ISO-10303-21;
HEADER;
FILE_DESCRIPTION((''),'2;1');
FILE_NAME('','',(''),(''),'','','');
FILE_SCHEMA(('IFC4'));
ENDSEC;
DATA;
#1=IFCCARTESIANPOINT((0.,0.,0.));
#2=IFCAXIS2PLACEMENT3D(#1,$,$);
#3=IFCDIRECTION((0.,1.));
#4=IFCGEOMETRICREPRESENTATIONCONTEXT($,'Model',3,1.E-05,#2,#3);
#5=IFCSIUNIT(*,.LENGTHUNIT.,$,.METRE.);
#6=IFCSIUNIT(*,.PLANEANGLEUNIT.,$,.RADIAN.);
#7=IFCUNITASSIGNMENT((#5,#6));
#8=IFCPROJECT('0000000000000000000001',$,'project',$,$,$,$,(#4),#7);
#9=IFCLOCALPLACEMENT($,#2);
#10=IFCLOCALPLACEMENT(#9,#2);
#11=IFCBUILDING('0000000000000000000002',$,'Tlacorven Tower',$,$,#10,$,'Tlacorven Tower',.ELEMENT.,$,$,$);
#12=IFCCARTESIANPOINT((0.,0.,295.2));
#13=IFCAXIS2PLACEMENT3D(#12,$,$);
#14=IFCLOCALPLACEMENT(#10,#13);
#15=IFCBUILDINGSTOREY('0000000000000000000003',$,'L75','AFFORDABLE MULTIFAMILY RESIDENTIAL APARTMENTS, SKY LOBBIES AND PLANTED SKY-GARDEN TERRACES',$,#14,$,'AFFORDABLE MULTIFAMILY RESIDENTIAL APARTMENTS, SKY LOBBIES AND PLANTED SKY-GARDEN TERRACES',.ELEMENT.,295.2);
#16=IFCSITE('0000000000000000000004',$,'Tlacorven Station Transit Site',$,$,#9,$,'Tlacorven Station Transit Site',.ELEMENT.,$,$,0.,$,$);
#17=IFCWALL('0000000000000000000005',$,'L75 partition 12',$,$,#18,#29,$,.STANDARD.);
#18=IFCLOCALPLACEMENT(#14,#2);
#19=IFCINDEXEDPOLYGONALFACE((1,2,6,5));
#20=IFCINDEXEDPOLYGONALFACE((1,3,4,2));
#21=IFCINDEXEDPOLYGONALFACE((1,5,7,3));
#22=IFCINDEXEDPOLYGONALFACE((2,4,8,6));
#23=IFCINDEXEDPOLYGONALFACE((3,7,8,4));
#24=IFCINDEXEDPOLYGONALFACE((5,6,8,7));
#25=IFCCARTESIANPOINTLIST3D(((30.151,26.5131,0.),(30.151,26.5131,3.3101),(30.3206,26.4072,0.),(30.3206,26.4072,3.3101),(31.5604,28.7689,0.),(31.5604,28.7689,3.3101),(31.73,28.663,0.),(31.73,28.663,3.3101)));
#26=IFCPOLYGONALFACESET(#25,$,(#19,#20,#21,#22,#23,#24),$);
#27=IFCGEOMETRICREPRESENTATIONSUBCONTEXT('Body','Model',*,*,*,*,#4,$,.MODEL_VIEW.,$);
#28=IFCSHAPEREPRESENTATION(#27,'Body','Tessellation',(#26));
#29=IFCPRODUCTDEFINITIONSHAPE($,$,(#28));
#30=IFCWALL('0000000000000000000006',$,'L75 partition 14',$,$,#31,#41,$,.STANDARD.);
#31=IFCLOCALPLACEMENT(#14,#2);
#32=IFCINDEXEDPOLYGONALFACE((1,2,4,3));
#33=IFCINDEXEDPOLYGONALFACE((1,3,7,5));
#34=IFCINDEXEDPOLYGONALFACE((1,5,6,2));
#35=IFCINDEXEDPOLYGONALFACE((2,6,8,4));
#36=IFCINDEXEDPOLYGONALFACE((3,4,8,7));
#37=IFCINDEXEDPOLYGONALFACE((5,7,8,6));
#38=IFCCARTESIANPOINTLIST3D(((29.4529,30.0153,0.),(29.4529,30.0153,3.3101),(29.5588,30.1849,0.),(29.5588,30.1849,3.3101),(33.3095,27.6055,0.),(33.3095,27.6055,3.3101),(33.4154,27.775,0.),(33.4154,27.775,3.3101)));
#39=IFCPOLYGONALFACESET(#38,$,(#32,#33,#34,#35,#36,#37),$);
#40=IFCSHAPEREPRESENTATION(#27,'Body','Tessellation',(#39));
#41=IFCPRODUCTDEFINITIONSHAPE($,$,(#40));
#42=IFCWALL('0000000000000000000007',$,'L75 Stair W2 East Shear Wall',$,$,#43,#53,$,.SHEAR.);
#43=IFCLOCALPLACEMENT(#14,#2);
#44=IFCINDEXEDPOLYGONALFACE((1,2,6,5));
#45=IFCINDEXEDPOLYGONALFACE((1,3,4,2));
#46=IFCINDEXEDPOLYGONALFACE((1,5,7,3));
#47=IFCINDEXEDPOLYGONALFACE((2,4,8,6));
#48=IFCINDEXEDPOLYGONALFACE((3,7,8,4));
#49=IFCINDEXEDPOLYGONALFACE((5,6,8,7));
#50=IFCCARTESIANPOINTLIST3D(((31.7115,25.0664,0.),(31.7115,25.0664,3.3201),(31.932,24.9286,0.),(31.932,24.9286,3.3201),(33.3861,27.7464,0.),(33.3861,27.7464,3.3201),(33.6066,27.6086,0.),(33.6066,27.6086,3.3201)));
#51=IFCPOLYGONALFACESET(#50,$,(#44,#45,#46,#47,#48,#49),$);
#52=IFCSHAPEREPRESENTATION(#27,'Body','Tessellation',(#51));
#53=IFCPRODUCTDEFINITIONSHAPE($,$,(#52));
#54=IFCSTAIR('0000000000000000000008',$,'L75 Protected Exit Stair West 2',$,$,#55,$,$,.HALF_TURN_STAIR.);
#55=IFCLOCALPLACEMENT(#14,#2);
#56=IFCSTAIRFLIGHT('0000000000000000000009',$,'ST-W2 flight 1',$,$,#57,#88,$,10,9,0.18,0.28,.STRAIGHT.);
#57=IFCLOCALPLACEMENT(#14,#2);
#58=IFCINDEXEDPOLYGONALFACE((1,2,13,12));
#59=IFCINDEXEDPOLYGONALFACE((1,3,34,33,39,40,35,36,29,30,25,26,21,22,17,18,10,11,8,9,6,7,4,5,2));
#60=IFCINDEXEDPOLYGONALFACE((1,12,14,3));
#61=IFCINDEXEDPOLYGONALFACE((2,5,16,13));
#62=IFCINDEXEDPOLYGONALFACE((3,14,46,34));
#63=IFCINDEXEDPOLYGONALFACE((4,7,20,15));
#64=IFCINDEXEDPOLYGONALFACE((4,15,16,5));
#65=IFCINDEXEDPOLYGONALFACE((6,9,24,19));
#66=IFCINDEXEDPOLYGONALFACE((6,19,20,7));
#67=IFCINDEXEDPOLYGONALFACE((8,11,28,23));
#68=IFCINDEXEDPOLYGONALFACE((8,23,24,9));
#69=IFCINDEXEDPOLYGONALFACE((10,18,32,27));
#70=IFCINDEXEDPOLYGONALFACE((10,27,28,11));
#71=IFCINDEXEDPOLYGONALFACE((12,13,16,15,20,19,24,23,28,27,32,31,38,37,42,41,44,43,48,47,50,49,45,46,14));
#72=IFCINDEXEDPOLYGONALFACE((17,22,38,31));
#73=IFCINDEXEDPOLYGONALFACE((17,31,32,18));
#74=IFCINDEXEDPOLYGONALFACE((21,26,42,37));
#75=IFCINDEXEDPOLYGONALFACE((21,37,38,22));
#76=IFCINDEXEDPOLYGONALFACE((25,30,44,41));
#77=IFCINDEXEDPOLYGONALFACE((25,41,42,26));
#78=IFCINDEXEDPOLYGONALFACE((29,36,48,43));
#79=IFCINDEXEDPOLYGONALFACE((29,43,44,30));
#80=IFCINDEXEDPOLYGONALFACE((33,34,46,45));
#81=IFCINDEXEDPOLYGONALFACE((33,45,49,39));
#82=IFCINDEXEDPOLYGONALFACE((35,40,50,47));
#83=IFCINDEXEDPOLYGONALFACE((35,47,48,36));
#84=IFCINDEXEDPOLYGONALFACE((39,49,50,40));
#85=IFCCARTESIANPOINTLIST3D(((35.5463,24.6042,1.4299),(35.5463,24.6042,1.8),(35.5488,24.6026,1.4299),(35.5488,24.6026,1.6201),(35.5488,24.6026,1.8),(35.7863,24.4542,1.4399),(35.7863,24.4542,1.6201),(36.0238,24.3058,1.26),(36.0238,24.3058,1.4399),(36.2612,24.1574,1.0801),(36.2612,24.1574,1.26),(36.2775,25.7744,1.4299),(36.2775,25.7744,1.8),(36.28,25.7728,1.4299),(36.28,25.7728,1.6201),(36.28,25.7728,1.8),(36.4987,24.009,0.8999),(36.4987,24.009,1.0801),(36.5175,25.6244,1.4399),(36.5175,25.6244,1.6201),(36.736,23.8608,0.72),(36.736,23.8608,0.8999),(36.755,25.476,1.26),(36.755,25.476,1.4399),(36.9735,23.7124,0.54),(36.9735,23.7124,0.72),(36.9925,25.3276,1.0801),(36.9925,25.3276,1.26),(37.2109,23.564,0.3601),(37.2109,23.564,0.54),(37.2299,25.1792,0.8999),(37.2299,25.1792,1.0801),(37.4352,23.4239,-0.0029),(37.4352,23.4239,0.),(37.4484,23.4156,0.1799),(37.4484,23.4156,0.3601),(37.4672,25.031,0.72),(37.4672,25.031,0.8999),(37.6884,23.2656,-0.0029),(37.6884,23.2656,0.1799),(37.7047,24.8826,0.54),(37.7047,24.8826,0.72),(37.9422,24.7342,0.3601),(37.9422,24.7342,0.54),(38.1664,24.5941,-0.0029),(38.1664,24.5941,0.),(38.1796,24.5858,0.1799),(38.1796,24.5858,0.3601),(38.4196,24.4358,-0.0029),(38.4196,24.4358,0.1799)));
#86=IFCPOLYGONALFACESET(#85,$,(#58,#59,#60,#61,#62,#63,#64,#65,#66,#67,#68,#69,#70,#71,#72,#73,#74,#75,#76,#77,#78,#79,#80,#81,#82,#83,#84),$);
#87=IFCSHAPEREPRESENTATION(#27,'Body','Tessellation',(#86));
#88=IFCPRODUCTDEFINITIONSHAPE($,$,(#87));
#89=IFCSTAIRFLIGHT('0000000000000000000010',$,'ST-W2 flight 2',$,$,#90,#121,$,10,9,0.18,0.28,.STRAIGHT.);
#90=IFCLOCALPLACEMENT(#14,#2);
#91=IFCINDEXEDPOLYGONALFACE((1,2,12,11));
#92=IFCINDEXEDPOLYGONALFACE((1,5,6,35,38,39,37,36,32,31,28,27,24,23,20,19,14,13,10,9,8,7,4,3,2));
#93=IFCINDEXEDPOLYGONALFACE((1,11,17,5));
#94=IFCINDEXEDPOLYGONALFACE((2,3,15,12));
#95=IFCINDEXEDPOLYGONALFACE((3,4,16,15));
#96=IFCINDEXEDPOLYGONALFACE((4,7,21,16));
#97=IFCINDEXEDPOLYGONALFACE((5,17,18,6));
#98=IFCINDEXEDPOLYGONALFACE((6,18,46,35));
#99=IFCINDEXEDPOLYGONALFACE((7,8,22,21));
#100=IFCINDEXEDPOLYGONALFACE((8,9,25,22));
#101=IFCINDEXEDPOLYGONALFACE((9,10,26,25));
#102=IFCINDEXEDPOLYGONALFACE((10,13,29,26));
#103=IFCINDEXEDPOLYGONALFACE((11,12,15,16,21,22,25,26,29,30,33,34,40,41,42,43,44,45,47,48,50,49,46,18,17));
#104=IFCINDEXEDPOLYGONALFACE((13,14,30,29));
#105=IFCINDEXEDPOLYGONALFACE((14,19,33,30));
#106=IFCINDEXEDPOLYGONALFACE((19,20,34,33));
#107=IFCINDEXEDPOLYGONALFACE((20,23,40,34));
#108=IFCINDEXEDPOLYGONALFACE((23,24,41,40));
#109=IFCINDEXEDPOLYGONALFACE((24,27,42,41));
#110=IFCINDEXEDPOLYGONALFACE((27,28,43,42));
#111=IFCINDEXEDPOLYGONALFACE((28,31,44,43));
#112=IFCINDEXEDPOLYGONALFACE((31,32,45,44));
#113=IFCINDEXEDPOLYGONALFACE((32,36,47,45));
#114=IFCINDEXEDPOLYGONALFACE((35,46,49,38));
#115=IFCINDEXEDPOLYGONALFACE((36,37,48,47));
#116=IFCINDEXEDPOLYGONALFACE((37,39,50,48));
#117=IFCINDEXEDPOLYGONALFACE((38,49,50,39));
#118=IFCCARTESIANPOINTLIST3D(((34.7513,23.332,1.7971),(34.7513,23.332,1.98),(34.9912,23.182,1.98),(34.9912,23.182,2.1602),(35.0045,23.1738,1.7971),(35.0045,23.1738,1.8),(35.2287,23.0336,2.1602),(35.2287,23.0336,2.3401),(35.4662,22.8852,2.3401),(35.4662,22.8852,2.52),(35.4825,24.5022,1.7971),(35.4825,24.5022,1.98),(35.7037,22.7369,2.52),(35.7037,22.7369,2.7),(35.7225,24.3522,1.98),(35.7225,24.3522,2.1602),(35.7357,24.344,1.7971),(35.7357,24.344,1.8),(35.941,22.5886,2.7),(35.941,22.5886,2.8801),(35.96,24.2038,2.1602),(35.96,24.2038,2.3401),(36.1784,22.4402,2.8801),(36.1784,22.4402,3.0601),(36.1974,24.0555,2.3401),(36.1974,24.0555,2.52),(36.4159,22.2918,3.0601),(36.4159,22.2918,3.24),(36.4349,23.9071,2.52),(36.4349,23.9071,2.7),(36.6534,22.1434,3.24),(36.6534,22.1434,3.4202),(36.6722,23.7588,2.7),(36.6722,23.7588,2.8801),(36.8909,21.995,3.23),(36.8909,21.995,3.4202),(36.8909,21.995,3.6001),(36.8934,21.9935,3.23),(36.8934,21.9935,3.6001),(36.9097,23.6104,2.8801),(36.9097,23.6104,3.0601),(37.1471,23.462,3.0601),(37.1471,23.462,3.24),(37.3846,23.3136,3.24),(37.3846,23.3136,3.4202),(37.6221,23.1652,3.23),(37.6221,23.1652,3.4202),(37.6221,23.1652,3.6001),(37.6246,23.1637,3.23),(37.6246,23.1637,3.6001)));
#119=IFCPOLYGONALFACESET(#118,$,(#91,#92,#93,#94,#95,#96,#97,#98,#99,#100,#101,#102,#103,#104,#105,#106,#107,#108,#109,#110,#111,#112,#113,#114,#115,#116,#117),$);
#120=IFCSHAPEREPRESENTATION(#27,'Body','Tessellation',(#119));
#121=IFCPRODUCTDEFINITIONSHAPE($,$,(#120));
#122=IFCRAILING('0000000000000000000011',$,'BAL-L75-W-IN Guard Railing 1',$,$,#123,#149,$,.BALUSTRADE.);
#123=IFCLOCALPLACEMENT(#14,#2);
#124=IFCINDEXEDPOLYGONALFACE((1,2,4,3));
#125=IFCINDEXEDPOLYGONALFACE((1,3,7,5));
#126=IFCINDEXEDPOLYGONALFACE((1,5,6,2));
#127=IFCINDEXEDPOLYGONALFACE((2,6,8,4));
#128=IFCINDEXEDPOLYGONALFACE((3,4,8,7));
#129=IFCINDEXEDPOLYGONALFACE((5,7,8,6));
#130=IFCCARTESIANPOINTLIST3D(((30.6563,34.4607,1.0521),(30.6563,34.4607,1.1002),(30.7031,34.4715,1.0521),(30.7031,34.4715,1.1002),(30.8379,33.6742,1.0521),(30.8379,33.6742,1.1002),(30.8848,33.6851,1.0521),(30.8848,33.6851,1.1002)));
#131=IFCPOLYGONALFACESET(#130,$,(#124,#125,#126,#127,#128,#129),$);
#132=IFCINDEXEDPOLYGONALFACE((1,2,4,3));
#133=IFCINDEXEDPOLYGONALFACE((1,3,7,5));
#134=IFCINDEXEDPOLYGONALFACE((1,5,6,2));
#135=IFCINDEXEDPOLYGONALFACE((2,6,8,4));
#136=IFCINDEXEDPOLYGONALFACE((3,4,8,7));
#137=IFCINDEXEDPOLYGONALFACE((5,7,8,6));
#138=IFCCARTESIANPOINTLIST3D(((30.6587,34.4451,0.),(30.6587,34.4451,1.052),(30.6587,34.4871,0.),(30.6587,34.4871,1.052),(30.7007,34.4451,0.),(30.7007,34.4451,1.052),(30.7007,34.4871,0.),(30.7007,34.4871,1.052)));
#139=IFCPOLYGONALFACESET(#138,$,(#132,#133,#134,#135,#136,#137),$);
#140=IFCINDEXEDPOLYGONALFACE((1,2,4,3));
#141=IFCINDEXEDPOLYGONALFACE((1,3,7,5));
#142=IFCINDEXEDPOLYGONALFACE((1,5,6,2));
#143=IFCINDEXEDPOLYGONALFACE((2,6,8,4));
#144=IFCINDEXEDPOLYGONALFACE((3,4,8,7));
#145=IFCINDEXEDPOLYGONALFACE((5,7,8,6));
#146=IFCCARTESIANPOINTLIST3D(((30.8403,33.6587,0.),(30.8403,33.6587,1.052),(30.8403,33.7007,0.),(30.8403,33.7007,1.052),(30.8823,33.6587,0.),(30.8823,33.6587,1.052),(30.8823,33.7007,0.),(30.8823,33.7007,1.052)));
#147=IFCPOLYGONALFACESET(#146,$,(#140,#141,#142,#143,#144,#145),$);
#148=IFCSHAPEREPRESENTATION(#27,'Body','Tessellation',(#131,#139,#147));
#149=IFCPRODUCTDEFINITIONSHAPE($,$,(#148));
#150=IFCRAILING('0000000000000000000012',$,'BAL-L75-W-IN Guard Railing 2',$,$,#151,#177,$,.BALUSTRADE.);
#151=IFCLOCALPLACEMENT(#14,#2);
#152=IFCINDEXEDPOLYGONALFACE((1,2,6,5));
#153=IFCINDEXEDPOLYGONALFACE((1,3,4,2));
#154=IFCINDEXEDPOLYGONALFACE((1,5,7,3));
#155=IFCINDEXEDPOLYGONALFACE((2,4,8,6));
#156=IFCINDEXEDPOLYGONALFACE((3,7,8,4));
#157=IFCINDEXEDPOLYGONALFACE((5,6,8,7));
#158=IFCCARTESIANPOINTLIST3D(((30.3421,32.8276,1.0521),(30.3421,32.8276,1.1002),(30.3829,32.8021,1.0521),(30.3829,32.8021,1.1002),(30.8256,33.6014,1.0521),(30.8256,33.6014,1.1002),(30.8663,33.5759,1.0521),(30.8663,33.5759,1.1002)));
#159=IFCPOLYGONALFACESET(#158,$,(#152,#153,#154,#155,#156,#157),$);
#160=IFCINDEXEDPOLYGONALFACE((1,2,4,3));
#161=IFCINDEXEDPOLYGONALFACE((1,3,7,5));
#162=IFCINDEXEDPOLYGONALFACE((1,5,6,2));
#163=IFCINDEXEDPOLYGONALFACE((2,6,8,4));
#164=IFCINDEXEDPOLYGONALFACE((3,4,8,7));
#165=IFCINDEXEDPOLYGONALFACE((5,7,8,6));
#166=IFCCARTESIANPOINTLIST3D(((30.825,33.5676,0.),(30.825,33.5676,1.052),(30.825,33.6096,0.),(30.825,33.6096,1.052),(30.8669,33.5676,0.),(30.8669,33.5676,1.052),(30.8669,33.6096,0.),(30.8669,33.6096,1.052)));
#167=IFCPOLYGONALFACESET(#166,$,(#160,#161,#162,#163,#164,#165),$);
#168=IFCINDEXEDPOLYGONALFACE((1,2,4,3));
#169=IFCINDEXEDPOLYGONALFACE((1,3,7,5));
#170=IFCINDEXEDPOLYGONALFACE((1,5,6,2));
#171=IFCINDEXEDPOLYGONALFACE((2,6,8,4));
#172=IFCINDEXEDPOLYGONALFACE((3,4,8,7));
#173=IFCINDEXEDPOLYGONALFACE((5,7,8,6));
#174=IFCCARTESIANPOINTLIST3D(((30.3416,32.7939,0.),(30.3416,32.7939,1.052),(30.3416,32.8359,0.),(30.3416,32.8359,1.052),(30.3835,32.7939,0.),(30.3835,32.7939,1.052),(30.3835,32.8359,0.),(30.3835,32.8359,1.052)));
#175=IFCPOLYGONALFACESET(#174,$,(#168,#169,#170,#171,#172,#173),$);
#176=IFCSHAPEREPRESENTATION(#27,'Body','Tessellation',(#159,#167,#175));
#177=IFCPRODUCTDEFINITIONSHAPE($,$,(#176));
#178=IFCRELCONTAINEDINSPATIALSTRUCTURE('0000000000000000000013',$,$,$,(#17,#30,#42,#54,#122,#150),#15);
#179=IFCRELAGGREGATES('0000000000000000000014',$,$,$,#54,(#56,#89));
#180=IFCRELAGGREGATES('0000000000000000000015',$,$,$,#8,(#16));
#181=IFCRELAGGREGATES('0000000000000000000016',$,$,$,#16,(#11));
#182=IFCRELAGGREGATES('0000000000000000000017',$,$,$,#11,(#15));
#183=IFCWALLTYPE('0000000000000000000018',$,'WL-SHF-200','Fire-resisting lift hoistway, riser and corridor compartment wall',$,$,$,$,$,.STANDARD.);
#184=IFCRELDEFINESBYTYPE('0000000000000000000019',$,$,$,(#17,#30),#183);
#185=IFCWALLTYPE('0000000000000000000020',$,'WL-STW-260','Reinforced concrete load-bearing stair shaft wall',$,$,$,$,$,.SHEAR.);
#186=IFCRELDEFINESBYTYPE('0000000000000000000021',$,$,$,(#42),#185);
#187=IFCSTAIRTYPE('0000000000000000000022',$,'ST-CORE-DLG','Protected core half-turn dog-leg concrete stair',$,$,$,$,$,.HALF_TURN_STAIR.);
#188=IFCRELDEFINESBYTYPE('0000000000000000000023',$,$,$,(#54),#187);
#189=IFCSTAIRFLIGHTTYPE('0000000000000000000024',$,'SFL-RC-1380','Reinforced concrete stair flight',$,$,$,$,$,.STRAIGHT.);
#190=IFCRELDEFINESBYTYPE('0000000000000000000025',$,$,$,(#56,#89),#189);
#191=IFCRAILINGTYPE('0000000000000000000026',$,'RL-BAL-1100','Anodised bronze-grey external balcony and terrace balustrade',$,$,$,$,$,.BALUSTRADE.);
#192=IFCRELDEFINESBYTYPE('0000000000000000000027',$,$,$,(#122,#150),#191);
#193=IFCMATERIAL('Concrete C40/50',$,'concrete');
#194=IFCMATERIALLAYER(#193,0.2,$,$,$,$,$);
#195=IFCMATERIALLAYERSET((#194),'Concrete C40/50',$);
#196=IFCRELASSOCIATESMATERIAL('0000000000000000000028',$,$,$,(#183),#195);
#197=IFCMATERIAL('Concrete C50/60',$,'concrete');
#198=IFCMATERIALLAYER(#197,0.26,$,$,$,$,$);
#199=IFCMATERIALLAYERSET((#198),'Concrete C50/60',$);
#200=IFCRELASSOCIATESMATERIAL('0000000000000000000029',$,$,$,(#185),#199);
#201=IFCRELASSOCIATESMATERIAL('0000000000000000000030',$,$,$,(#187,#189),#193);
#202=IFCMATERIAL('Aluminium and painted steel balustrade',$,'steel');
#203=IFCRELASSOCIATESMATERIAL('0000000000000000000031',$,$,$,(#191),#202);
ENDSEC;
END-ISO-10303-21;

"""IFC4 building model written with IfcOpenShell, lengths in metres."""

from ifc_helpers import new_model, si_unit, direction, frame, frame_2d, origin, origin_2d, place, context, subcontext, project, spatial, polyline, rectangle, outline, extrude, source, transform, mapped, material, layer, layer_set, type_object, element, aggregate, save


model = new_model("IFC4")

# Units and contexts
model_context = context("Model", 3, precision=1e-05, world=origin(), true_north=direction((0.0, 1.0)))
body_context = subcontext(model_context, "Body", "Model", "MODEL_VIEW")
ifc_project = project(units=[si_unit("LENGTHUNIT", "METRE"), si_unit("PLANEANGLEUNIT", "RADIAN")], contexts=[model_context])

# Site, building, storey
site_placement = place(None, origin())
site = spatial("IfcSite", under=ifc_project, at=site_placement, Name="Tlacorven Station Transit Site", LongName="Tlacorven Station Transit Site", CompositionType="ELEMENT", RefElevation=0.0)
building_placement = place(site_placement, origin())
building = spatial("IfcBuilding", under=site, at=building_placement, Name="Tlacorven Tower", LongName="Tlacorven Tower", CompositionType="ELEMENT")
storey_placement = place(building_placement, frame((0.0, 0.0, 295.2)))
storey = spatial("IfcBuildingStorey", under=building, at=storey_placement, Name="L75", Description="AFFORDABLE MULTIFAMILY RESIDENTIAL APARTMENTS, SKY LOBBIES AND PLANTED SKY-GARDEN TERRACES", LongName="AFFORDABLE MULTIFAMILY RESIDENTIAL APARTMENTS, SKY LOBBIES AND PLANTED SKY-GARDEN TERRACES", CompositionType="ELEMENT", Elevation=295.2)

# Shared definitions
ifc_material_1 = material(Name="Concrete C40/50", Category="concrete")
ifc_layer_1 = layer(ifc_material_1, 0.2)
ifc_layer_set_1 = layer_set([ifc_layer_1], Name="Concrete C40/50")
wall_type_1 = type_object("IfcWallType", Name="WL-SHF-200", Description="Fire-resisting lift hoistway, riser and corridor compartment wall", PredefinedType="STANDARD", material=ifc_layer_set_1)

# Walls
wall_1_placement = place(storey_placement, frame((31.6453, 28.7161, 0.0), z_axis=(0.0, 0.0, 1.0), x_axis=(-0.529867, -0.848081, 0.0)))
element("IfcWall", 1, at=wall_1_placement, inside=storey, type_object=wall_type_1, Name="L75 partition 12", PredefinedType="STANDARD", context=body_context, shape_type="SweptSolid", body=[
    extrude(rectangle(XDim=2.6599, YDim=0.2, at=frame_2d((1.3301, 0.0))), origin(), (0.0, 0.0, 1.0), 3.3101),
])
wall_2_placement = place(storey_placement, frame((33.3625, 27.6902, 0.0), z_axis=(0.0, 0.0, 1.0), x_axis=(-0.84805, 0.529917, 0.0)))
element("IfcWall", 2, at=wall_2_placement, inside=storey, type_object=wall_type_1, Name="L75 partition 14", PredefinedType="STANDARD", context=body_context, shape_type="SweptSolid", body=[
    extrude(rectangle(XDim=4.5476, YDim=0.2, at=frame_2d((2.2739, 0.0))), origin(), (0.0, 0.0, 1.0), 3.3101),
])
ifc_material_2 = material(Name="Concrete C50/60", Category="concrete")
ifc_layer_2 = layer(ifc_material_2, 0.26)
ifc_layer_set_2 = layer_set([ifc_layer_2], Name="Concrete C50/60")
wall_type_2 = type_object("IfcWallType", Name="WL-STW-260", Description="Reinforced concrete load-bearing stair shaft wall", PredefinedType="SHEAR", material=ifc_layer_set_2)
wall_3_placement = place(storey_placement, frame((33.4963, 27.6775, 0.0), z_axis=(0.0, 0.0, 1.0), x_axis=(-0.529909, -0.848055, 0.0)))
element("IfcWall", 3, at=wall_3_placement, inside=storey, type_object=wall_type_2, Name="L75 Stair W2 East Shear Wall", PredefinedType="SHEAR", context=body_context, shape_type="SweptSolid", body=[
    extrude(rectangle(XDim=3.1602, YDim=0.26, at=frame_2d((1.5801, 0.0))), origin(), (0.0, 0.0, 1.0), 3.3201),
])

# Stair, stair flights
stair_type = type_object("IfcStairType", Name="ST-CORE-DLG", Description="Protected core half-turn dog-leg concrete stair", PredefinedType="HALF_TURN_STAIR", material=ifc_material_1)
stair_placement = place(storey_placement, origin())
stair = element("IfcStair", 4, at=stair_placement, inside=storey, type_object=stair_type, Name="L75 Protected Exit Stair West 2", PredefinedType="HALF_TURN_STAIR")
stair_flight_type = type_object("IfcStairFlightType", Name="SFL-RC-1380", Description="Reinforced concrete stair flight", PredefinedType="STRAIGHT", material=ifc_material_1)
shared_shape_1 = source(origin(), body_context, "Body", "SweptSolid", [
    extrude(outline(polyline([(-0.0029, -0.0029), (-0.0029, 0.1799), (0.28, 0.1799), (0.28, 0.3601), (0.5601, 0.3601), (0.5601, 0.54), (0.8401, 0.54), (0.8401, 0.72), (1.1201, 0.72), (1.1201, 0.8999), (1.3999, 0.8999), (1.3999, 1.0801), (1.6799, 1.0801), (1.6799, 1.26), (1.96, 1.26), (1.96, 1.4399), (2.24, 1.4399), (2.24, 1.6201), (2.52, 1.6201), (2.52, 1.8), (2.5229, 1.8), (2.5229, 1.4299), (2.52, 1.4299), (0.2957, 0.0), (0.2957, -0.0029), (-0.0029, -0.0029)])), frame((0.0, 0.6899, 0.0), z_axis=(0.0, -1.0, 0.0), x_axis=(1.0, 0.0, 0.0)), (0.0, 0.0, 1.0), 1.3799),
])
stair_flight_1_placement = place(storey_placement, frame((38.0515, 23.8523, 0.0), z_axis=(0.0, 0.0, 1.0), x_axis=(-0.848048, 0.529919, 0.0)))
stair_flight_1 = element("IfcStairFlight", 5, at=stair_flight_1_placement, type_object=stair_flight_type, Name="ST-W2 flight 1", NumberOfRisers=10, NumberOfTreads=9, PredefinedType="STRAIGHT", RiserHeight=0.18, TreadLength=0.28, context=body_context, shape_type="MappedRepresentation", body=[
    mapped(shared_shape_1, transform((0.0, 0.0, 0.0), scale=1.0)),
])
stair_flight_2_placement = place(storey_placement, frame((35.1194, 23.9155, 1.8), z_axis=(0.0, 0.0, 1.0), x_axis=(0.848048, -0.529919, 0.0)))
stair_flight_2 = element("IfcStairFlight", 6, at=stair_flight_2_placement, type_object=stair_flight_type, Name="ST-W2 flight 2", NumberOfRisers=10, NumberOfTreads=9, PredefinedType="STRAIGHT", RiserHeight=0.18, TreadLength=0.28, context=body_context, shape_type="MappedRepresentation", body=[
    mapped(shared_shape_1, transform((0.0, 0.0, 0.0), scale=1.0)),
])
aggregate(stair, [stair_flight_1, stair_flight_2])

# Railings
ifc_material_3 = material(Name="Aluminium and painted steel balustrade", Category="steel")
railing_type_1 = type_object("IfcRailingType", Name="RL-BAL-1100", Description="Anodised bronze-grey external balcony and terrace balustrade", PredefinedType="BALUSTRADE", material=ifc_material_3)
shared_shape_2 = source(origin(), body_context, "Body", "SweptSolid", [
    extrude(rectangle(XDim=0.0481, YDim=0.0481, at=origin_2d()), frame((0.0, 0.0, 1.0762), z_axis=(0.225058, -0.974345, 0.0), x_axis=(0.974345, 0.225058, 0.0)), (0.0, 0.0, 1.0), 0.8071),
    extrude(rectangle(XDim=0.042, YDim=0.042, at=origin_2d()), origin(), (0.0, 0.0, 1.0), 1.052),
    extrude(rectangle(XDim=0.042, YDim=0.042, at=origin_2d()), frame((0.1816, -0.7864, 0.0)), (0.0, 0.0, 1.0), 1.052),
])
railing_1_placement = place(storey_placement, frame((30.6797, 34.4661, 0.0)))
element("IfcRailing", 7, at=railing_1_placement, inside=storey, type_object=railing_type_1, Name="BAL-L75-W-IN Guard Railing 1", PredefinedType="BALUSTRADE", context=body_context, shape_type="MappedRepresentation", body=[
    mapped(shared_shape_2, transform((0.0, 0.0, 0.0), scale=1.0)),
])
shared_shape_3 = source(origin(), body_context, "Body", "SweptSolid", [
    extrude(rectangle(XDim=0.0481, YDim=0.0481, at=origin_2d()), frame((0.0, 0.0, 1.0762), z_axis=(-0.529879, -0.848073, 0.0), x_axis=(0.848073, -0.529879, 0.0)), (0.0, 0.0, 1.0), 0.9124),
    extrude(rectangle(XDim=0.042, YDim=0.042, at=origin_2d()), origin(), (0.0, 0.0, 1.0), 1.052),
    extrude(rectangle(XDim=0.042, YDim=0.042, at=origin_2d()), frame((-0.4834, -0.7737, 0.0)), (0.0, 0.0, 1.0), 1.052),
])
railing_2_placement = place(storey_placement, frame((30.8459, 33.5886, 0.0)))
element("IfcRailing", 8, at=railing_2_placement, inside=storey, type_object=railing_type_1, Name="BAL-L75-W-IN Guard Railing 2", PredefinedType="BALUSTRADE", context=body_context, shape_type="MappedRepresentation", body=[
    mapped(shared_shape_3, transform((0.0, 0.0, 0.0), scale=1.0)),
])

save(model, "model.ifc")
